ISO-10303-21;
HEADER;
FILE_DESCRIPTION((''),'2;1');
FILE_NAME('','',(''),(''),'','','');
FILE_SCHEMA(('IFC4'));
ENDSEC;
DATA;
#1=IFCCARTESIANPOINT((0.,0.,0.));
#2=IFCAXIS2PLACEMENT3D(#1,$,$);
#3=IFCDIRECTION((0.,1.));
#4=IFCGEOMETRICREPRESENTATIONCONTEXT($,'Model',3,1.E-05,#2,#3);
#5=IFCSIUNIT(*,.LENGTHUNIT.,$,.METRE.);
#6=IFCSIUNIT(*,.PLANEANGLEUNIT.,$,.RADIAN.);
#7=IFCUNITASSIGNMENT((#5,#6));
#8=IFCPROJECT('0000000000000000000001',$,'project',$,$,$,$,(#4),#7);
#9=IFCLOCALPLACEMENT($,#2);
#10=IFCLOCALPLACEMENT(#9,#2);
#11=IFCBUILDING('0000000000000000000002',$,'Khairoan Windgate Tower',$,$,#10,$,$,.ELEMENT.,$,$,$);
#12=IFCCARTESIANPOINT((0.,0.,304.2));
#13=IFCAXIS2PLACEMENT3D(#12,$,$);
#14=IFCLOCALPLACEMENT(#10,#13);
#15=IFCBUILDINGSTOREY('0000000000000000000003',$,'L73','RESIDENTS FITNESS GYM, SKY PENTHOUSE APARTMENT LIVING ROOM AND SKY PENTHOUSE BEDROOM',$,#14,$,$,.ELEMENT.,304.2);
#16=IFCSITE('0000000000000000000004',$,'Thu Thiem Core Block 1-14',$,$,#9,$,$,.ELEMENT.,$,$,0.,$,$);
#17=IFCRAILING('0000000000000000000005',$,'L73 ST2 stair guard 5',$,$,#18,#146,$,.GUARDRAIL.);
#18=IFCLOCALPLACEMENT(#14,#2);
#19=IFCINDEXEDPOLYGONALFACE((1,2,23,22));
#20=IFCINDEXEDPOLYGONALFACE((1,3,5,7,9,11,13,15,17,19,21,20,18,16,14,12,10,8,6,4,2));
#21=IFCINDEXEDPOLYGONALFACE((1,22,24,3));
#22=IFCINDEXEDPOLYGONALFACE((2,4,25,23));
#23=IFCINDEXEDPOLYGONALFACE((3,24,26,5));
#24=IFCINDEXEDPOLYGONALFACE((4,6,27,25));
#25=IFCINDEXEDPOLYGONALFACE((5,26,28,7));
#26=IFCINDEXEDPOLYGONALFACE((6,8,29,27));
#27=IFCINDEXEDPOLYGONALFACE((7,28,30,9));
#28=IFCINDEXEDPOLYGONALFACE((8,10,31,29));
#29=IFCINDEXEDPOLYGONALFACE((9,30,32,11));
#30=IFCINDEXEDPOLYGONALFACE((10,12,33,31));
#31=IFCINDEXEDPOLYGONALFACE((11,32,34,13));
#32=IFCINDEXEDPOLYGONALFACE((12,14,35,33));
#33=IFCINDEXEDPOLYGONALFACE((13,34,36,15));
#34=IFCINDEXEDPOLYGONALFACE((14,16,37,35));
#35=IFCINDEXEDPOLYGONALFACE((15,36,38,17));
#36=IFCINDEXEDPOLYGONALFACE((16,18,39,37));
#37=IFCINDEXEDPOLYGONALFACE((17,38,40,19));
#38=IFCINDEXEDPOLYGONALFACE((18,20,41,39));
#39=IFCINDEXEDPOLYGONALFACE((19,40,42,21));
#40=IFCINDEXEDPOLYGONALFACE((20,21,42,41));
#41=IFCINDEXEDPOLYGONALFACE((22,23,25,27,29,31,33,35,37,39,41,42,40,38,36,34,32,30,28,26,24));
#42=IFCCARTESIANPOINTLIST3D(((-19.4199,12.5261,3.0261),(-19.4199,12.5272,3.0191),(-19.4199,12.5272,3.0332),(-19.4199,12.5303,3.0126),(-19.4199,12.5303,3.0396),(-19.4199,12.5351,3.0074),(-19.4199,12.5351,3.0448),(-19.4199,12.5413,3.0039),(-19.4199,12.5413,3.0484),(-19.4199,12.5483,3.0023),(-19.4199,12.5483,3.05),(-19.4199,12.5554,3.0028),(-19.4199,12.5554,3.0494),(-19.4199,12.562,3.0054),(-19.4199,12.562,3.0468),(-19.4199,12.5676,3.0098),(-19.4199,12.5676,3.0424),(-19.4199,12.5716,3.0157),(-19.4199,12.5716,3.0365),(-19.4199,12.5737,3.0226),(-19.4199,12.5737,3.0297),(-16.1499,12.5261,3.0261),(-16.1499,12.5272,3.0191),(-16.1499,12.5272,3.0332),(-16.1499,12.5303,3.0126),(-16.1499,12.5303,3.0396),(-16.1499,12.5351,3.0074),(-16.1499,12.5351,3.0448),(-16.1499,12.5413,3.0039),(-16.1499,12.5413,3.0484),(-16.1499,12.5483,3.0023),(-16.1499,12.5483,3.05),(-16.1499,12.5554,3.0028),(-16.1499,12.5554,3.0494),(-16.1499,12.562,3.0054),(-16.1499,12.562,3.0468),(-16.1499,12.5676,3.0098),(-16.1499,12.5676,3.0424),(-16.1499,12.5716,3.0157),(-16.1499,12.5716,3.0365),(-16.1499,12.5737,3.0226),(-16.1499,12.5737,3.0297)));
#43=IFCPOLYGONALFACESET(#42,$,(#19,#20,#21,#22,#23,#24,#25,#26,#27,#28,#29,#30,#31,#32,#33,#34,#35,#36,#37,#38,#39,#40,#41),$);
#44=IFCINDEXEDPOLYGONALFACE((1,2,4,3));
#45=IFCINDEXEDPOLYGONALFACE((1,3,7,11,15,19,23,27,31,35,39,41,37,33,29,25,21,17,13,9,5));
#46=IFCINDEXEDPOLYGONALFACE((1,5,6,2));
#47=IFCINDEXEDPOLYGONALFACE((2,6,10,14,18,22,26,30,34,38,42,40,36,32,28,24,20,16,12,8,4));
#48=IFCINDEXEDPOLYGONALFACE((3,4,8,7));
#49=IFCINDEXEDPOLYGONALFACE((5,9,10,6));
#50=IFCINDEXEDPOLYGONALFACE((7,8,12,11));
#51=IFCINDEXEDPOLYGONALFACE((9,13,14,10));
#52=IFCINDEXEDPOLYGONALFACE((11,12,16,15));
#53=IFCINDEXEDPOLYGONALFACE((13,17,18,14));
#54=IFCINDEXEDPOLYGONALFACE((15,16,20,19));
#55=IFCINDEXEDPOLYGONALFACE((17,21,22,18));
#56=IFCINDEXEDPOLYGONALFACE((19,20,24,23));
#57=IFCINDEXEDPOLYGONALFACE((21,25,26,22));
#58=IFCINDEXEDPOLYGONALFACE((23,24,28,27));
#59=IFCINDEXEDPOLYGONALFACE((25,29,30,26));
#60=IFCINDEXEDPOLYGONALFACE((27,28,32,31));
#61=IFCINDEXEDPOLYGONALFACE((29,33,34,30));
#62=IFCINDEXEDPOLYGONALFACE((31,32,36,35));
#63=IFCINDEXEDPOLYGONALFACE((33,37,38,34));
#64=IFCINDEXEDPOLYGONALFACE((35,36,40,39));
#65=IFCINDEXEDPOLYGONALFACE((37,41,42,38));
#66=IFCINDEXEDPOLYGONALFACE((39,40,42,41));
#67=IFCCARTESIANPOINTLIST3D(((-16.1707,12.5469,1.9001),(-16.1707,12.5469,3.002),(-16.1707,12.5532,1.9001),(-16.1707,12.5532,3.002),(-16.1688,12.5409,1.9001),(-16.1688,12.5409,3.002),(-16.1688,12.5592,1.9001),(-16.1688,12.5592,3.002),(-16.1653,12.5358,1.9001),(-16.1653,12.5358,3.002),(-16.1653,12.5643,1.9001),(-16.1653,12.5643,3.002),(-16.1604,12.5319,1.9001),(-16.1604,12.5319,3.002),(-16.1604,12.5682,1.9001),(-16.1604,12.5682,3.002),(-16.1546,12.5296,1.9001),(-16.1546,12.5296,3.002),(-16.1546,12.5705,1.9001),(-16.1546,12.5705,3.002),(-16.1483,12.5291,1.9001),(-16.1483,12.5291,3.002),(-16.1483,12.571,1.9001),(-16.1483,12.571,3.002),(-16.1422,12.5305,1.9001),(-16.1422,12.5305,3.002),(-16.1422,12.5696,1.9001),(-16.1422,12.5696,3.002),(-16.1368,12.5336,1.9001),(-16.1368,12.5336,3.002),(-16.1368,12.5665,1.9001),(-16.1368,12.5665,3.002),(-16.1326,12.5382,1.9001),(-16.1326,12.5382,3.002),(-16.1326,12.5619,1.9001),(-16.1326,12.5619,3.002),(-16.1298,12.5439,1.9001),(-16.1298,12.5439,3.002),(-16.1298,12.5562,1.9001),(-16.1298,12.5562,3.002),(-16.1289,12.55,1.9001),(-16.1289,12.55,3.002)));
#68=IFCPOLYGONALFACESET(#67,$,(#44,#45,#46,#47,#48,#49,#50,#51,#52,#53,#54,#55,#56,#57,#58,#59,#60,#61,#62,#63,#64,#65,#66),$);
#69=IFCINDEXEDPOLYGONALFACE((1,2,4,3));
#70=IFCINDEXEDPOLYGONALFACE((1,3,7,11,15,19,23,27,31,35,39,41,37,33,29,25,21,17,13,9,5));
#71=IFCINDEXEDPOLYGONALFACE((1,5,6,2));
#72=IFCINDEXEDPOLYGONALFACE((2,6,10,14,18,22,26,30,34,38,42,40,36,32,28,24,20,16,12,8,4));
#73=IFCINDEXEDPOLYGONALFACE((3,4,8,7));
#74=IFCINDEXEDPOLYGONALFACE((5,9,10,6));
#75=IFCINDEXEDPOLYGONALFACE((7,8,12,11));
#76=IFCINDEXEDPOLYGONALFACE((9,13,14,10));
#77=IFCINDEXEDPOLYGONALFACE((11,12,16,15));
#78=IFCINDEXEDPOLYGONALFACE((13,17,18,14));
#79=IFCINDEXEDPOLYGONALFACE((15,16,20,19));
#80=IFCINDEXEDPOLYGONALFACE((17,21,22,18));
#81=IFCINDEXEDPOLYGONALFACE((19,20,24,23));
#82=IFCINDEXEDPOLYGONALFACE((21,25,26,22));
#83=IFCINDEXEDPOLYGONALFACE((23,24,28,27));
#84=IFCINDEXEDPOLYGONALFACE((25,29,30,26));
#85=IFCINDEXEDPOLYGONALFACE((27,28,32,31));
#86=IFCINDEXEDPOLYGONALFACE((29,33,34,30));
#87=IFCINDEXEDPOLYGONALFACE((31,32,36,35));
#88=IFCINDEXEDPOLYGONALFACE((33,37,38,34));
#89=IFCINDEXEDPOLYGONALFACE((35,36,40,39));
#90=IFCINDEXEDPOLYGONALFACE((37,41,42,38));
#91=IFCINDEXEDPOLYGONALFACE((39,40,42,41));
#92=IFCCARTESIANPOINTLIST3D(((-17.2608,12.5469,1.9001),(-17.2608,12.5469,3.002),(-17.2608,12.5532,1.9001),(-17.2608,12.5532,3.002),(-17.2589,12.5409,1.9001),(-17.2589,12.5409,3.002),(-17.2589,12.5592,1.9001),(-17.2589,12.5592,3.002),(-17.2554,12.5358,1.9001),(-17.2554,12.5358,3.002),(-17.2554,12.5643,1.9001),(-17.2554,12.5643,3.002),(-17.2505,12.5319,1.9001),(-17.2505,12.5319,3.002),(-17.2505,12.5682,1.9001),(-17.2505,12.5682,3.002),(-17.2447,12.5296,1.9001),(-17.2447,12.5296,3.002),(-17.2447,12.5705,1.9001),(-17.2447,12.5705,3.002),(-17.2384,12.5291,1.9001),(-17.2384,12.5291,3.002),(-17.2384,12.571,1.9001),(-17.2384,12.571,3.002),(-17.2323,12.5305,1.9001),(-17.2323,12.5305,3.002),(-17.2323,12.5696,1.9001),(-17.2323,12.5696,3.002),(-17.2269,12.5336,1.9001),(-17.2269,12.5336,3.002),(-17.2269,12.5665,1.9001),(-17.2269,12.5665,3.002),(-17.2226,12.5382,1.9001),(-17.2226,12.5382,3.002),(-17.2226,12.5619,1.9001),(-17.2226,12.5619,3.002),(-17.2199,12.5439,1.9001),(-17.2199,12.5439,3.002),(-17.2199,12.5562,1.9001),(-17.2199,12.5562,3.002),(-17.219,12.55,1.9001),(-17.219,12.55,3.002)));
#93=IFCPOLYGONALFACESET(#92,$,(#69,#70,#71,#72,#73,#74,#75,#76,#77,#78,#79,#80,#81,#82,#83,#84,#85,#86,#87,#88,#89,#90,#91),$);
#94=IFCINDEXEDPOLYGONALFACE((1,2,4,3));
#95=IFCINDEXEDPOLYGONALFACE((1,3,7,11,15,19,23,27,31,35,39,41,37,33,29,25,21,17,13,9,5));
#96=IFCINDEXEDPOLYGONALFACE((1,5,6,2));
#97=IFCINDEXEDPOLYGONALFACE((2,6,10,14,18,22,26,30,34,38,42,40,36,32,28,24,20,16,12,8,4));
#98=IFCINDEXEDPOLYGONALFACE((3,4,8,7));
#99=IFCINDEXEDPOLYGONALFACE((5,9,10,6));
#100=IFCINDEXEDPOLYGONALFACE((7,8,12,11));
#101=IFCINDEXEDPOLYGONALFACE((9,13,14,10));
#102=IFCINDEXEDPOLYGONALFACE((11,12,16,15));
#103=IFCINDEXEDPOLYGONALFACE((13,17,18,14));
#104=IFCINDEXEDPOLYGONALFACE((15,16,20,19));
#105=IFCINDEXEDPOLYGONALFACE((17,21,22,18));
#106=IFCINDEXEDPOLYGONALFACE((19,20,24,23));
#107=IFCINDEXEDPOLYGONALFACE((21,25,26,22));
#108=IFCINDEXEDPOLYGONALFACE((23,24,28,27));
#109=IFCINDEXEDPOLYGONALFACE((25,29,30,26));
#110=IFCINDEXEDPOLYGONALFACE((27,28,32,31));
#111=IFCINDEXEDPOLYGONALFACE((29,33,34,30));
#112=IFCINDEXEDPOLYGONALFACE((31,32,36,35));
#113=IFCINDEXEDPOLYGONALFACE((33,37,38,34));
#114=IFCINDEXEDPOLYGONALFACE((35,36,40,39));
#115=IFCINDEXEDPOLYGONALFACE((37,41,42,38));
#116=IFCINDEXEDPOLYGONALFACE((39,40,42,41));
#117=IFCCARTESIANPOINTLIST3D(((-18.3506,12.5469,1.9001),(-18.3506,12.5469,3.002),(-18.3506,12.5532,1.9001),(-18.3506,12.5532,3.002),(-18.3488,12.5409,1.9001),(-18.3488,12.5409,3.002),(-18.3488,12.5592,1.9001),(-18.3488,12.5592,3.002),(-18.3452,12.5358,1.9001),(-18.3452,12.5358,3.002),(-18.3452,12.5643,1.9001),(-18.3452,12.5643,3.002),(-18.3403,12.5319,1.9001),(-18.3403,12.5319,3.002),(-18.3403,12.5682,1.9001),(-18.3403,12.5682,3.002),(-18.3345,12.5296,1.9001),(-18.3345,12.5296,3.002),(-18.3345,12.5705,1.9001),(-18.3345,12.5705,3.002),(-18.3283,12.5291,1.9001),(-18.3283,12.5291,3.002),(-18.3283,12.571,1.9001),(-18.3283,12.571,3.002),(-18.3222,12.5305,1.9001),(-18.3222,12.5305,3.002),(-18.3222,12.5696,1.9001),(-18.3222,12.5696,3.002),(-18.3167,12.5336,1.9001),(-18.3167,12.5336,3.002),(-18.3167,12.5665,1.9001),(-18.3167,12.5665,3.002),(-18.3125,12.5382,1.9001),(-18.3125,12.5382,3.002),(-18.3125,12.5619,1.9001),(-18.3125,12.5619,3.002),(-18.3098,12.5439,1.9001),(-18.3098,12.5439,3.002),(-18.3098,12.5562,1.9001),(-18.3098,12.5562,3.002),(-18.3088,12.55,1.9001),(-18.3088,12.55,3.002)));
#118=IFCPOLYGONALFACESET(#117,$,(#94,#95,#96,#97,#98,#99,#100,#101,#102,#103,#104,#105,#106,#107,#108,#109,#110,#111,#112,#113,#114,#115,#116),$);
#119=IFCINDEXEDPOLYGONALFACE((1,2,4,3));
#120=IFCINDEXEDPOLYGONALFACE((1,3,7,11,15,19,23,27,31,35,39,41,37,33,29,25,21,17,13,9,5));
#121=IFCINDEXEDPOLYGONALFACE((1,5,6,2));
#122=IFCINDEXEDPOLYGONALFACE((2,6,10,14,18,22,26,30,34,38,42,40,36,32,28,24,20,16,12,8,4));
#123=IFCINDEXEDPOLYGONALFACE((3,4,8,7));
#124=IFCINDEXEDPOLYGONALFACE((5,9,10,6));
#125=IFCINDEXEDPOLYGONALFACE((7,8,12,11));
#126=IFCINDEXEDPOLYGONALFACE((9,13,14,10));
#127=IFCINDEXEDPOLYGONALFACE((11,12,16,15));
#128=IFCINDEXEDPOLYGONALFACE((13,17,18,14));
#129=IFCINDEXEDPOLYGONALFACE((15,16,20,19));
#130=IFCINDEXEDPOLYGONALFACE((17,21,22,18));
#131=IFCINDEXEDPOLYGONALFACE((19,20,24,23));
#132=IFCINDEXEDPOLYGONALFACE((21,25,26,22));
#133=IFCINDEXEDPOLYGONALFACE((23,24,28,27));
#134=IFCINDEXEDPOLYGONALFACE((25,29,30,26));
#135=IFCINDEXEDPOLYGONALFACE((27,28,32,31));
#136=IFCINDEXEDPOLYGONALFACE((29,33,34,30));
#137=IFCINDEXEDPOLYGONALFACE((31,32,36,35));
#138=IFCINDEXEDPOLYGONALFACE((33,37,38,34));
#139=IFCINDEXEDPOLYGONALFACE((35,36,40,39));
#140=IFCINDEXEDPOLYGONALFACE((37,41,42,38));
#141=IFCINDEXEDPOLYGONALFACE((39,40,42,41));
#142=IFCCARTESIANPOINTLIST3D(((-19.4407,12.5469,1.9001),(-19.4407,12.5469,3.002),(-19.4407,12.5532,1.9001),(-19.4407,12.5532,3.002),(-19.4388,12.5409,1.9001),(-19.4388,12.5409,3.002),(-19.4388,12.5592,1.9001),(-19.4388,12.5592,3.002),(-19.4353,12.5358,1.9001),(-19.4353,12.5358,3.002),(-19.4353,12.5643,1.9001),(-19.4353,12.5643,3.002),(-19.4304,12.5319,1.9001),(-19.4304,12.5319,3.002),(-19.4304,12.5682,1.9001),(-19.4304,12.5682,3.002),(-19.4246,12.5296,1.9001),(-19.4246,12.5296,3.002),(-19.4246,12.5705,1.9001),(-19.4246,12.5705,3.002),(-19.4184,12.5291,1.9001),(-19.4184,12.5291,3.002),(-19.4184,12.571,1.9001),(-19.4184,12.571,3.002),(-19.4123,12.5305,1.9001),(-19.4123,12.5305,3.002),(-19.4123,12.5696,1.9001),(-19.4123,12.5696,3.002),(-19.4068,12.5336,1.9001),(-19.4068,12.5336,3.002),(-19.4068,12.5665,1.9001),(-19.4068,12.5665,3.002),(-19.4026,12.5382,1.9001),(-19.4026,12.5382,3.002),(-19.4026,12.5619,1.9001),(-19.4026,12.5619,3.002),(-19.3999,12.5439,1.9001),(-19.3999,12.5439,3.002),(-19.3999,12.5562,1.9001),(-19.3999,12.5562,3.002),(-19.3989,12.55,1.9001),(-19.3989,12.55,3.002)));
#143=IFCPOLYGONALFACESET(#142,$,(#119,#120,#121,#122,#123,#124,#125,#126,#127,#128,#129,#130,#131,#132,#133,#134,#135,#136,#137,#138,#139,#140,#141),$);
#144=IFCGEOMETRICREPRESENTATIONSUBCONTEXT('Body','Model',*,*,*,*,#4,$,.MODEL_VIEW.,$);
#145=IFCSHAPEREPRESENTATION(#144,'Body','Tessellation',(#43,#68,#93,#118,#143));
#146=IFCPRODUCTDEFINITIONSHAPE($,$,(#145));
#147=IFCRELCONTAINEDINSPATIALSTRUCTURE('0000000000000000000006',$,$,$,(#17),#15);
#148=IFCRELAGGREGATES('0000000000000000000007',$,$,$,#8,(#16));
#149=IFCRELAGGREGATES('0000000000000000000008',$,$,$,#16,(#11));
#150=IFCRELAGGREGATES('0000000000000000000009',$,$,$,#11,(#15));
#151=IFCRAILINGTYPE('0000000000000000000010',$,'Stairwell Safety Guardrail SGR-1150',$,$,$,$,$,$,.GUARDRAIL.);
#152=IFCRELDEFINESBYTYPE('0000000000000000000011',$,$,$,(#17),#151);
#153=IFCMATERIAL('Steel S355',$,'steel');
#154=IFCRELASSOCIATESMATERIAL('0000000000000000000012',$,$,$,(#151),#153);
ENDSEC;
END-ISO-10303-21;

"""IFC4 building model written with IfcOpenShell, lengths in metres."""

from ifc_helpers import new_model, si_unit, direction, frame, origin, origin_2d, place, context, subcontext, project, spatial, circle, extrude, material, type_object, element, save


model = new_model("IFC4")

# Units and contexts
model_context = context("Model", 3, precision=1e-05, world=origin(), true_north=direction((0.0, 1.0)))
body_context = subcontext(model_context, "Body", "Model", "MODEL_VIEW")
ifc_project = project(units=[si_unit("LENGTHUNIT", "METRE"), si_unit("PLANEANGLEUNIT", "RADIAN")], contexts=[model_context])

# Site, building, storey
site_placement = place(None, origin())
site = spatial("IfcSite", under=ifc_project, at=site_placement, Name="Thu Thiem Core Block 1-14", CompositionType="ELEMENT", RefElevation=0.0)
building_placement = place(site_placement, origin())
building = spatial("IfcBuilding", under=site, at=building_placement, Name="Khairoan Windgate Tower", CompositionType="ELEMENT")
storey_placement = place(building_placement, frame((0.0, 0.0, 304.2)))
storey = spatial("IfcBuildingStorey", under=building, at=storey_placement, Name="L73", Description="RESIDENTS FITNESS GYM, SKY PENTHOUSE APARTMENT LIVING ROOM AND SKY PENTHOUSE BEDROOM", CompositionType="ELEMENT", Elevation=304.2)

# Railing
ifc_material_1 = material(Name="Steel S355", Category="steel")
railing_type = type_object("IfcRailingType", Name="Stairwell Safety Guardrail SGR-1150", PredefinedType="GUARDRAIL", material=ifc_material_1)
railing_1_placement = place(storey_placement, frame((-16.1499, 12.55, 1.9001)))
element("IfcRailing", 1, at=railing_1_placement, inside=storey, type_object=railing_type, Name="L73 ST2 stair guard 5", PredefinedType="GUARDRAIL", context=body_context, shape_type="SweptSolid", body=[
    extrude(circle(Radius=0.0239, at=origin_2d()), frame((0.0, 0.0, 1.126), z_axis=(-1.0, 0.0, 0.0), x_axis=(0.0, -1.0, 0.0)), (0.0, 0.0, 1.0), 3.27),
    extrude(circle(Radius=0.021, at=origin_2d()), origin(), (0.0, 0.0, 1.0), 1.1018),
    extrude(circle(Radius=0.021, at=origin_2d()), frame((-1.0901, 0.0, 0.0)), (0.0, 0.0, 1.0), 1.1018),
    extrude(circle(Radius=0.021, at=origin_2d()), frame((-2.1799, 0.0, 0.0)), (0.0, 0.0, 1.0), 1.1018),
    extrude(circle(Radius=0.021, at=origin_2d()), frame((-3.27, 0.0, 0.0)), (0.0, 0.0, 1.0), 1.1018),
])

save(model, "model.ifc")
